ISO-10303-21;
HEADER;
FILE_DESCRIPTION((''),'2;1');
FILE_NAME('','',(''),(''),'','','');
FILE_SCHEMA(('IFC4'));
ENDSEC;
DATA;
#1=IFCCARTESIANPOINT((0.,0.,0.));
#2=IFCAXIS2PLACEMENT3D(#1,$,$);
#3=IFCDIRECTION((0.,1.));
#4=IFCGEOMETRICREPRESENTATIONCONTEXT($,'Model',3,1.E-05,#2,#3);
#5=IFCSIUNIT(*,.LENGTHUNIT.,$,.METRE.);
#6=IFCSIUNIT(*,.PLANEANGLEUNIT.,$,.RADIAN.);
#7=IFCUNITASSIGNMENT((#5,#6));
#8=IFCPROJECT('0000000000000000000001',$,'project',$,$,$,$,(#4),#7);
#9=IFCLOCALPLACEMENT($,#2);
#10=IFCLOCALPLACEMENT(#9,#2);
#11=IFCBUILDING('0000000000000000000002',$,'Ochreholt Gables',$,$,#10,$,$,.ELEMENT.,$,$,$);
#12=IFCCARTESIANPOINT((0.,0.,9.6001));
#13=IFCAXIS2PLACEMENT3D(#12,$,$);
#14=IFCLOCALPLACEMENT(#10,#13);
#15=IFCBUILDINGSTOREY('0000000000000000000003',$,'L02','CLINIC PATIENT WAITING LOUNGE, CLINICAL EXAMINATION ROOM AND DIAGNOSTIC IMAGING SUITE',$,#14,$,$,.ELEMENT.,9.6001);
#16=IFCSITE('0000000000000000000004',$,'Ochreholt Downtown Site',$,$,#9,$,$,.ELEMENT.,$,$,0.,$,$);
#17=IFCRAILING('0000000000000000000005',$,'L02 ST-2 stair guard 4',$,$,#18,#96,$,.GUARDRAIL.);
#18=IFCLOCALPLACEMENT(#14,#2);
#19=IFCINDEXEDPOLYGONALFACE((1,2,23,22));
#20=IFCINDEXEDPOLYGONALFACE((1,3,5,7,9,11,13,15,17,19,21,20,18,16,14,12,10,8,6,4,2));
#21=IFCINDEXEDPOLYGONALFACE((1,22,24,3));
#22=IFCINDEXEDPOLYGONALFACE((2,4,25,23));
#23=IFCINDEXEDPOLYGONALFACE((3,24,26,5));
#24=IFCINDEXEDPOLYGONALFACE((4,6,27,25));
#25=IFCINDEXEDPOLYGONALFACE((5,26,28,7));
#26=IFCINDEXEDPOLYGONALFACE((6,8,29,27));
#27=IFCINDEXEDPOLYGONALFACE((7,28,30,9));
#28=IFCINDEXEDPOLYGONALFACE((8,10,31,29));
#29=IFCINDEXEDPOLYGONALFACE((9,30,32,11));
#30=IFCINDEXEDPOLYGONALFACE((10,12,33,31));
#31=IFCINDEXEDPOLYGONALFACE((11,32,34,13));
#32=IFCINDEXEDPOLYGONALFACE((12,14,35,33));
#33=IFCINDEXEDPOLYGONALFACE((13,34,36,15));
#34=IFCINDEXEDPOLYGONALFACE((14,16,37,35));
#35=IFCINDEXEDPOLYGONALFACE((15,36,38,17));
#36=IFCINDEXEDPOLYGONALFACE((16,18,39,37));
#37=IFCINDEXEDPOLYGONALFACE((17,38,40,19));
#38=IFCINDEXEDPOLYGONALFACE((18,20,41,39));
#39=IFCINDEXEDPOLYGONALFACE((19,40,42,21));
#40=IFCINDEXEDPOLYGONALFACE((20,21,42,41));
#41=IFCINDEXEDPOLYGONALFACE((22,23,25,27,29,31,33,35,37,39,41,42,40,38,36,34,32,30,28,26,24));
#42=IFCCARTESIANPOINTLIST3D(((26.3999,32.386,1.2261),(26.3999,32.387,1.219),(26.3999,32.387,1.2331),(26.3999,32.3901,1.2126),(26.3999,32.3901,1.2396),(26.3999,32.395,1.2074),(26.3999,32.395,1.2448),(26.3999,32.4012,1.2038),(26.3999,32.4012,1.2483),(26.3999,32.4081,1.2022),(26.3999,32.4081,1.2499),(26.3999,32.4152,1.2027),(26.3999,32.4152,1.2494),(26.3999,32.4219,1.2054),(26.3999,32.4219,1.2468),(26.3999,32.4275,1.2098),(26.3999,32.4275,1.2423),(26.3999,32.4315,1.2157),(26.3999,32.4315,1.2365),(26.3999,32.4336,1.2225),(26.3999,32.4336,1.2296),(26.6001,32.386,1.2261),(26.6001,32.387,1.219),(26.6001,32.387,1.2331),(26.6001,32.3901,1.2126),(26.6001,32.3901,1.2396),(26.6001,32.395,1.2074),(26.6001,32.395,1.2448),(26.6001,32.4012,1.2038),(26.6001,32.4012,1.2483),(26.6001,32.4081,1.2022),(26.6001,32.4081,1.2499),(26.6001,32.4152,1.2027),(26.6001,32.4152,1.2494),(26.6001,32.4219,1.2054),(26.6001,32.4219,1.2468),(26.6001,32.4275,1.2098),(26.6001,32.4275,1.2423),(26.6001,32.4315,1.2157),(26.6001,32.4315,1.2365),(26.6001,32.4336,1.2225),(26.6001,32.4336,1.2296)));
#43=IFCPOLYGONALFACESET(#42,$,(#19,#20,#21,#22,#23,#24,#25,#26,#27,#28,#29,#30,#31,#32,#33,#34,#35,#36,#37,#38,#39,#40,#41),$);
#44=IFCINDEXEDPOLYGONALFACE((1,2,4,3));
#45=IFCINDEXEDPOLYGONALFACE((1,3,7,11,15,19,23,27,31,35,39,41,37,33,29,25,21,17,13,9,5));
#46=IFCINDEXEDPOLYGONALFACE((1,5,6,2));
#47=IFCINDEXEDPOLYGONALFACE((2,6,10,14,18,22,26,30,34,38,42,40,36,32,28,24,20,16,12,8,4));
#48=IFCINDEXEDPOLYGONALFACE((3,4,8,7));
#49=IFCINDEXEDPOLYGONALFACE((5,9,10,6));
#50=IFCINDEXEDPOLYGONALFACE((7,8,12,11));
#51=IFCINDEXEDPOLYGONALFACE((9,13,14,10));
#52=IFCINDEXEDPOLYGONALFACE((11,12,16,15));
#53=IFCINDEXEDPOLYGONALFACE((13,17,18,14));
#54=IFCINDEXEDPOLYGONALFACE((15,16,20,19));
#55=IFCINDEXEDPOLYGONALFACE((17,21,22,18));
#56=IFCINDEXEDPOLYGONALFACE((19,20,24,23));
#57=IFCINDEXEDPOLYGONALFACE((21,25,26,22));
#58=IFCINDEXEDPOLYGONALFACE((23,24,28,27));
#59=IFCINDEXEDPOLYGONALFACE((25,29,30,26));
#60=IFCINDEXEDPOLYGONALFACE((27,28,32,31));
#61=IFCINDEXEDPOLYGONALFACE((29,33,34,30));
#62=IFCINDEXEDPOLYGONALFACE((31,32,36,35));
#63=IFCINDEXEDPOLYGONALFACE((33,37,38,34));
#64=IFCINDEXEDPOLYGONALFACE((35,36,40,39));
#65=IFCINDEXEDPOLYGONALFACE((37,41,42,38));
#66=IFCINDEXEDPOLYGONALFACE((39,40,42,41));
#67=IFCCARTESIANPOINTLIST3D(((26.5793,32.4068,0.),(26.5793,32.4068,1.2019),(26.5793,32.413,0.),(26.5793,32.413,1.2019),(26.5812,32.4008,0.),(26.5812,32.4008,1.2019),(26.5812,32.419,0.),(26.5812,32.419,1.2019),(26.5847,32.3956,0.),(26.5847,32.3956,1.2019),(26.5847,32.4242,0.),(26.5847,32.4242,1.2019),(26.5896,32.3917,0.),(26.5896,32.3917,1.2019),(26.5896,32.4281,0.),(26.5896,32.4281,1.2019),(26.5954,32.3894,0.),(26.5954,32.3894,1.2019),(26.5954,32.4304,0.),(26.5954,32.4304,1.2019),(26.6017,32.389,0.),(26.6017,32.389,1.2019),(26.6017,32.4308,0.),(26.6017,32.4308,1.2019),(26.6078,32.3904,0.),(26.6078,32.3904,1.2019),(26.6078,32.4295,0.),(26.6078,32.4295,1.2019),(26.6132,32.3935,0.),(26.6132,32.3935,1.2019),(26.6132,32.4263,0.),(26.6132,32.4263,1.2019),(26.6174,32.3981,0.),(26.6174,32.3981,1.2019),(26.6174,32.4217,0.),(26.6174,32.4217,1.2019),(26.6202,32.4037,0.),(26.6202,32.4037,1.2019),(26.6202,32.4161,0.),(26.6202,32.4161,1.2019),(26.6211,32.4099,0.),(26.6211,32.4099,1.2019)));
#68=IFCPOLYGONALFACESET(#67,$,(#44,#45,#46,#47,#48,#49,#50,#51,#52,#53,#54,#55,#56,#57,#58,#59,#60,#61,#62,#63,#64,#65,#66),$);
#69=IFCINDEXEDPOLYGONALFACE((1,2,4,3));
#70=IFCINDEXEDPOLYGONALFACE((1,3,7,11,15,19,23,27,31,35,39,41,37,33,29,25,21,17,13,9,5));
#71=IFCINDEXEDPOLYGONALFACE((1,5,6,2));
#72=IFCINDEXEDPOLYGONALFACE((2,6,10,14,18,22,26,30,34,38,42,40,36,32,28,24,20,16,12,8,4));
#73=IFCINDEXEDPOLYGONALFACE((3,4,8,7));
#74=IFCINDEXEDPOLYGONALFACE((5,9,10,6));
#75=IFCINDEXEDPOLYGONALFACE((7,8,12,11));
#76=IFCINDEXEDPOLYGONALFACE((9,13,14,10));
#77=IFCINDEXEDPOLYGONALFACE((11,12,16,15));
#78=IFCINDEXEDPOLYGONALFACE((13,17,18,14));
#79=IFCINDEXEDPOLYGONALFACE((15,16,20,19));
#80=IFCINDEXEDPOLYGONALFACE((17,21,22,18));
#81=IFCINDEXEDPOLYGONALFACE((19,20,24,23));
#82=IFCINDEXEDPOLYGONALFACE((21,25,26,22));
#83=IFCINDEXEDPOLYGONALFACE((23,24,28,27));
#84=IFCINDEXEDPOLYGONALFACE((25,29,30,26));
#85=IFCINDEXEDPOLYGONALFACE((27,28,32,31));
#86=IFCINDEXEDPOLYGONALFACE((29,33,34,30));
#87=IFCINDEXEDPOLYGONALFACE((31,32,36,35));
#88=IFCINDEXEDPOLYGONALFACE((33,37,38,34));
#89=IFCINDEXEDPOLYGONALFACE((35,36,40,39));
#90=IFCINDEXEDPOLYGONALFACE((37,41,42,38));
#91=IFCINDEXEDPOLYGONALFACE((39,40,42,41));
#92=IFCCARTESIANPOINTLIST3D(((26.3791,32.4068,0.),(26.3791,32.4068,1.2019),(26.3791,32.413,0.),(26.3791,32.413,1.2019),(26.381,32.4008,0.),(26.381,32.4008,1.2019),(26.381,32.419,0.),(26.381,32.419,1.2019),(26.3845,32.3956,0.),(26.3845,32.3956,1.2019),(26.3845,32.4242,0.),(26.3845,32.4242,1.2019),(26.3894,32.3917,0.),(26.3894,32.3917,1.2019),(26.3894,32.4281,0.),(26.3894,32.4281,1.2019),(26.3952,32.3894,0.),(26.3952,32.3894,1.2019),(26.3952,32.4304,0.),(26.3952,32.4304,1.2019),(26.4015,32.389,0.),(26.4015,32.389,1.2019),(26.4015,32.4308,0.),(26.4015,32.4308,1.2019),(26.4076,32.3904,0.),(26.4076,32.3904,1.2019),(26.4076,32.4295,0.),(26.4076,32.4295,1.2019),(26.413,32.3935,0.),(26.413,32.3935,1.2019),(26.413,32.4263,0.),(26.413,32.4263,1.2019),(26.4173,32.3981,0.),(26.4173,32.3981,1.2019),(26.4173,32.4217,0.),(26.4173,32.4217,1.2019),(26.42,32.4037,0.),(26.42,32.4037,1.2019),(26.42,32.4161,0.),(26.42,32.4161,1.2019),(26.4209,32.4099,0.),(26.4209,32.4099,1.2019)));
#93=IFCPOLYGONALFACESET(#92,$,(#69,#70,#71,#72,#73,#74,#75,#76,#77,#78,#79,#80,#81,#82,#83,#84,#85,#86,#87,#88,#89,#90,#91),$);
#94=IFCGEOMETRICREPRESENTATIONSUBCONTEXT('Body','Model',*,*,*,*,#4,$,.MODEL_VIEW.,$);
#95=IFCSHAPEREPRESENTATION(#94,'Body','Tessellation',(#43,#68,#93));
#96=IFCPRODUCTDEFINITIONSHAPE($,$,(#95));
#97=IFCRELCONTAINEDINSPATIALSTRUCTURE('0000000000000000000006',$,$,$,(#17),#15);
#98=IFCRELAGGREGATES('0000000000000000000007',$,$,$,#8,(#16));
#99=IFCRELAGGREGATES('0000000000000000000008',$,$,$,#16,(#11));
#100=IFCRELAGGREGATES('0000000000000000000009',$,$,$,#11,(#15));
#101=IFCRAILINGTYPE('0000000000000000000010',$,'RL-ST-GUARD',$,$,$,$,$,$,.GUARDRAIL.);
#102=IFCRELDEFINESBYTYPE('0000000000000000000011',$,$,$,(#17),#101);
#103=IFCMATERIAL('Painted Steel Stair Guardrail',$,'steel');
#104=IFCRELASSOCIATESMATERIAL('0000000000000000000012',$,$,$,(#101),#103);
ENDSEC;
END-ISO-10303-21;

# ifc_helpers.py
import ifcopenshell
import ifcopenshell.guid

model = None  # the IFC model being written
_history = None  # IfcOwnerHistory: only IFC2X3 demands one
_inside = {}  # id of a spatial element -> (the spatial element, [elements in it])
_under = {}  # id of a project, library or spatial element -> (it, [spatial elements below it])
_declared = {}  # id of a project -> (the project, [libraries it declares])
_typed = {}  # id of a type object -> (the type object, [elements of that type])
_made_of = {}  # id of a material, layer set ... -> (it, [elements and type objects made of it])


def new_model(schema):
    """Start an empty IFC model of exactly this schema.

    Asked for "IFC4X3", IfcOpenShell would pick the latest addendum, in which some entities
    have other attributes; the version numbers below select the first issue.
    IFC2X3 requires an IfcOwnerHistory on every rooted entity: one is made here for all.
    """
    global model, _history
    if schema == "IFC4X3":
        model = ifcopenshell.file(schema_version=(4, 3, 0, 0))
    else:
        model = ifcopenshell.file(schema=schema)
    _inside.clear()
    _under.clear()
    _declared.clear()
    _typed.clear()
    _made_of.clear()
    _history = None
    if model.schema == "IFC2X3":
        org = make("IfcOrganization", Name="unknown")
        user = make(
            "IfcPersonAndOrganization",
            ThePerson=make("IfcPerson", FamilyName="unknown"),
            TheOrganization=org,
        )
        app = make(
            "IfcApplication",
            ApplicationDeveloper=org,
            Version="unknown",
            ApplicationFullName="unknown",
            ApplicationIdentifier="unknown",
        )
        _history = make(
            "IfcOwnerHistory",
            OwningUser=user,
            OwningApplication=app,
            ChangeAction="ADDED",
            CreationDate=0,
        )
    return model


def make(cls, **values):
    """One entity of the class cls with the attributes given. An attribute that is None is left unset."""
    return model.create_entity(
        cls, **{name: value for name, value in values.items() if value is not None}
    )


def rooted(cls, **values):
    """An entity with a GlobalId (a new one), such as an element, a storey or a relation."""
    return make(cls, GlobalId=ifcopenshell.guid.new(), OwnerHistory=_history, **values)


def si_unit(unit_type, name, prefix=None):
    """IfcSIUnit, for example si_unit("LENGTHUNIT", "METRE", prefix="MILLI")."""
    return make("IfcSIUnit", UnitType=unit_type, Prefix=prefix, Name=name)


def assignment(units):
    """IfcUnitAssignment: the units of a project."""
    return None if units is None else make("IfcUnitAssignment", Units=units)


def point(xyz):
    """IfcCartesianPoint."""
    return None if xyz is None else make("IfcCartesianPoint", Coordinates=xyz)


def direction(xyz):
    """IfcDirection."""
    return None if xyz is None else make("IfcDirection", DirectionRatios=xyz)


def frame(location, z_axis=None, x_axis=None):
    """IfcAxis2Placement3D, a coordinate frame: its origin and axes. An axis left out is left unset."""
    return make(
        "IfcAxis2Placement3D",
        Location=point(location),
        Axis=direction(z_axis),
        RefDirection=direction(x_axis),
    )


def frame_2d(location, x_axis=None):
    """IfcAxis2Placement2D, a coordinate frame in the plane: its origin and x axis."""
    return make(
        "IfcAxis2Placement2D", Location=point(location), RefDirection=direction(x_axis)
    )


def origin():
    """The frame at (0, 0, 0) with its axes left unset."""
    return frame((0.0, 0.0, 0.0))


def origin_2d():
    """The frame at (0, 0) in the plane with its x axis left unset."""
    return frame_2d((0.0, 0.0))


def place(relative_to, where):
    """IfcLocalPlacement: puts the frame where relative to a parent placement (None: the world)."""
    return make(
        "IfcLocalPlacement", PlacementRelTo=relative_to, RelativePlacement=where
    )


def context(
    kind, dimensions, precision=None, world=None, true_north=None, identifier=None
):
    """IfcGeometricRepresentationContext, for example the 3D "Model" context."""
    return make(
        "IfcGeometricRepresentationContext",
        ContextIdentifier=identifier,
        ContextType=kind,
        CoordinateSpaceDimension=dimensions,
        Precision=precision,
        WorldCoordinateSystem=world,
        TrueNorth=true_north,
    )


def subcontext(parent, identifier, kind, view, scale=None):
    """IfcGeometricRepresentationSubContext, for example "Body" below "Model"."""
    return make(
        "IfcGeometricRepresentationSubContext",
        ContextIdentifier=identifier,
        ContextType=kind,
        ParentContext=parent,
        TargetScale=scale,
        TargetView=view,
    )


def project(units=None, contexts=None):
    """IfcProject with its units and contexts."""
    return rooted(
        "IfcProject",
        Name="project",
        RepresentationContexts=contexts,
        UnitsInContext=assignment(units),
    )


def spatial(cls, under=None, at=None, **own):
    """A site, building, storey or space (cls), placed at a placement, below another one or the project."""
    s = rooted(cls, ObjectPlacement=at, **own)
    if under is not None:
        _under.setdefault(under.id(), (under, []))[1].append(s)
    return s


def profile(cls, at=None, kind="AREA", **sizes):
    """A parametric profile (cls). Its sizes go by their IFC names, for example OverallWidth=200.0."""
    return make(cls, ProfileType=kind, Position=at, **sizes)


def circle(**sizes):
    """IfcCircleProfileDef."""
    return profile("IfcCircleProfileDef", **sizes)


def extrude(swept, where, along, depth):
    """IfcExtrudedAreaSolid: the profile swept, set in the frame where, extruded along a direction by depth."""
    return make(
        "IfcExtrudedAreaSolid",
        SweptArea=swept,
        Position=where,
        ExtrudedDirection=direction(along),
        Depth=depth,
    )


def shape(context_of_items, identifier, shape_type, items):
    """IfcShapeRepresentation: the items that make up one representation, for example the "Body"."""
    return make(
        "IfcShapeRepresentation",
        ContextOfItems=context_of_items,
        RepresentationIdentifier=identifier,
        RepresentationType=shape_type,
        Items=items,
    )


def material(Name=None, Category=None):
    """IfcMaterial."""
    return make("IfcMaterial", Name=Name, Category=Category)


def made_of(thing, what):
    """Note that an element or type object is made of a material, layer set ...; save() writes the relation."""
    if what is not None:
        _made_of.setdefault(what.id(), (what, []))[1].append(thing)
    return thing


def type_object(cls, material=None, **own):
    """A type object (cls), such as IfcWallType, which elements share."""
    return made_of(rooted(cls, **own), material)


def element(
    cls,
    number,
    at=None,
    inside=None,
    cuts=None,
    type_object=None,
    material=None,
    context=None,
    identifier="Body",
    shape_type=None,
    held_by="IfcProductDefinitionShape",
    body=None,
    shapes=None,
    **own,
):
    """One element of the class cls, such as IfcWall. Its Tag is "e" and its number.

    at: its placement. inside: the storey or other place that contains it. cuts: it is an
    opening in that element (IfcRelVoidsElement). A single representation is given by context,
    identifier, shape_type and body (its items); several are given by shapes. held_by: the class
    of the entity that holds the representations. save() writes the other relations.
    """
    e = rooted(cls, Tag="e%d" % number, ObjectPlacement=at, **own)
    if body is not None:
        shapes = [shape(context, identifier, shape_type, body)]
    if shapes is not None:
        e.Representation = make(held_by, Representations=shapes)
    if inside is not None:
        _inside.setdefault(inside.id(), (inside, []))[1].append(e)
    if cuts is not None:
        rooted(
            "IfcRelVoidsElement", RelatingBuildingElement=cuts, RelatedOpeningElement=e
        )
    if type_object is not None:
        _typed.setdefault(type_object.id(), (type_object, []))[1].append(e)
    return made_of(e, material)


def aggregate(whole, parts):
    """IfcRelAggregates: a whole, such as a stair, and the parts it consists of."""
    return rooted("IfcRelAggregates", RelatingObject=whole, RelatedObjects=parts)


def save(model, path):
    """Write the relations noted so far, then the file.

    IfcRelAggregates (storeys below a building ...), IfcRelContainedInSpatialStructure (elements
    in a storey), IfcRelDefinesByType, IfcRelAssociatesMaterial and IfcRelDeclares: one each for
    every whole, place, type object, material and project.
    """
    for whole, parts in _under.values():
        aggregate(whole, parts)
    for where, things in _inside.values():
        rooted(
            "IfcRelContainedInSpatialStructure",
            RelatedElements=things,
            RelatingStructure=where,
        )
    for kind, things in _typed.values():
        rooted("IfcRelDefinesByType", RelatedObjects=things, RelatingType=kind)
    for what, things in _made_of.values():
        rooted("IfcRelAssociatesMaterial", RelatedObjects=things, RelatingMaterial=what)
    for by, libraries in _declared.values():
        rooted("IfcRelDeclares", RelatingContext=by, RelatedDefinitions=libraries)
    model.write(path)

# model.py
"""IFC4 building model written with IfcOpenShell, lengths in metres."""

from ifc_helpers import new_model, si_unit, direction, frame, origin, origin_2d, place, context, subcontext, project, spatial, circle, extrude, material, type_object, element, save


model = new_model("IFC4")

# Units and contexts
model_context = context("Model", 3, precision=1e-05, world=origin(), true_north=direction((0.0, 1.0)))
body_context = subcontext(model_context, "Body", "Model", "MODEL_VIEW")
ifc_project = project(units=[si_unit("LENGTHUNIT", "METRE"), si_unit("PLANEANGLEUNIT", "RADIAN")], contexts=[model_context])

# Site, building, storey
site_placement = place(None, origin())
site = spatial("IfcSite", under=ifc_project, at=site_placement, Name="Ochreholt Downtown Site", CompositionType="ELEMENT", RefElevation=0.0)
building_placement = place(site_placement, origin())
building = spatial("IfcBuilding", under=site, at=building_placement, Name="Ochreholt Gables", CompositionType="ELEMENT")
storey_placement = place(building_placement, frame((0.0, 0.0, 9.6001)))
storey = spatial("IfcBuildingStorey", under=building, at=storey_placement, Name="L02", Description="CLINIC PATIENT WAITING LOUNGE, CLINICAL EXAMINATION ROOM AND DIAGNOSTIC IMAGING SUITE", CompositionType="ELEMENT", Elevation=9.6001)

# Railing
ifc_material_1 = material(Name="Painted Steel Stair Guardrail", Category="steel")
railing_type = type_object("IfcRailingType", Name="RL-ST-GUARD", PredefinedType="GUARDRAIL", material=ifc_material_1)
railing_1_placement = place(storey_placement, frame((26.6001, 32.4099, 0.0)))
element("IfcRailing", 1, at=railing_1_placement, inside=storey, type_object=railing_type, Name="L02 ST-2 stair guard 4", PredefinedType="GUARDRAIL", context=body_context, shape_type="SweptSolid", body=[
    extrude(circle(Radius=0.0239, at=origin_2d()), frame((0.0, 0.0, 1.2261), z_axis=(-1.0, 0.0, 0.0), x_axis=(0.0, -1.0, 0.0)), (0.0, 0.0, 1.0), 0.2002),
    extrude(circle(Radius=0.021, at=origin_2d()), origin(), (0.0, 0.0, 1.0), 1.2019),
    extrude(circle(Radius=0.021, at=origin_2d()), frame((-0.2002, 0.0, 0.0)), (0.0, 0.0, 1.0), 1.2019),
])

save(model, "model.ifc")
